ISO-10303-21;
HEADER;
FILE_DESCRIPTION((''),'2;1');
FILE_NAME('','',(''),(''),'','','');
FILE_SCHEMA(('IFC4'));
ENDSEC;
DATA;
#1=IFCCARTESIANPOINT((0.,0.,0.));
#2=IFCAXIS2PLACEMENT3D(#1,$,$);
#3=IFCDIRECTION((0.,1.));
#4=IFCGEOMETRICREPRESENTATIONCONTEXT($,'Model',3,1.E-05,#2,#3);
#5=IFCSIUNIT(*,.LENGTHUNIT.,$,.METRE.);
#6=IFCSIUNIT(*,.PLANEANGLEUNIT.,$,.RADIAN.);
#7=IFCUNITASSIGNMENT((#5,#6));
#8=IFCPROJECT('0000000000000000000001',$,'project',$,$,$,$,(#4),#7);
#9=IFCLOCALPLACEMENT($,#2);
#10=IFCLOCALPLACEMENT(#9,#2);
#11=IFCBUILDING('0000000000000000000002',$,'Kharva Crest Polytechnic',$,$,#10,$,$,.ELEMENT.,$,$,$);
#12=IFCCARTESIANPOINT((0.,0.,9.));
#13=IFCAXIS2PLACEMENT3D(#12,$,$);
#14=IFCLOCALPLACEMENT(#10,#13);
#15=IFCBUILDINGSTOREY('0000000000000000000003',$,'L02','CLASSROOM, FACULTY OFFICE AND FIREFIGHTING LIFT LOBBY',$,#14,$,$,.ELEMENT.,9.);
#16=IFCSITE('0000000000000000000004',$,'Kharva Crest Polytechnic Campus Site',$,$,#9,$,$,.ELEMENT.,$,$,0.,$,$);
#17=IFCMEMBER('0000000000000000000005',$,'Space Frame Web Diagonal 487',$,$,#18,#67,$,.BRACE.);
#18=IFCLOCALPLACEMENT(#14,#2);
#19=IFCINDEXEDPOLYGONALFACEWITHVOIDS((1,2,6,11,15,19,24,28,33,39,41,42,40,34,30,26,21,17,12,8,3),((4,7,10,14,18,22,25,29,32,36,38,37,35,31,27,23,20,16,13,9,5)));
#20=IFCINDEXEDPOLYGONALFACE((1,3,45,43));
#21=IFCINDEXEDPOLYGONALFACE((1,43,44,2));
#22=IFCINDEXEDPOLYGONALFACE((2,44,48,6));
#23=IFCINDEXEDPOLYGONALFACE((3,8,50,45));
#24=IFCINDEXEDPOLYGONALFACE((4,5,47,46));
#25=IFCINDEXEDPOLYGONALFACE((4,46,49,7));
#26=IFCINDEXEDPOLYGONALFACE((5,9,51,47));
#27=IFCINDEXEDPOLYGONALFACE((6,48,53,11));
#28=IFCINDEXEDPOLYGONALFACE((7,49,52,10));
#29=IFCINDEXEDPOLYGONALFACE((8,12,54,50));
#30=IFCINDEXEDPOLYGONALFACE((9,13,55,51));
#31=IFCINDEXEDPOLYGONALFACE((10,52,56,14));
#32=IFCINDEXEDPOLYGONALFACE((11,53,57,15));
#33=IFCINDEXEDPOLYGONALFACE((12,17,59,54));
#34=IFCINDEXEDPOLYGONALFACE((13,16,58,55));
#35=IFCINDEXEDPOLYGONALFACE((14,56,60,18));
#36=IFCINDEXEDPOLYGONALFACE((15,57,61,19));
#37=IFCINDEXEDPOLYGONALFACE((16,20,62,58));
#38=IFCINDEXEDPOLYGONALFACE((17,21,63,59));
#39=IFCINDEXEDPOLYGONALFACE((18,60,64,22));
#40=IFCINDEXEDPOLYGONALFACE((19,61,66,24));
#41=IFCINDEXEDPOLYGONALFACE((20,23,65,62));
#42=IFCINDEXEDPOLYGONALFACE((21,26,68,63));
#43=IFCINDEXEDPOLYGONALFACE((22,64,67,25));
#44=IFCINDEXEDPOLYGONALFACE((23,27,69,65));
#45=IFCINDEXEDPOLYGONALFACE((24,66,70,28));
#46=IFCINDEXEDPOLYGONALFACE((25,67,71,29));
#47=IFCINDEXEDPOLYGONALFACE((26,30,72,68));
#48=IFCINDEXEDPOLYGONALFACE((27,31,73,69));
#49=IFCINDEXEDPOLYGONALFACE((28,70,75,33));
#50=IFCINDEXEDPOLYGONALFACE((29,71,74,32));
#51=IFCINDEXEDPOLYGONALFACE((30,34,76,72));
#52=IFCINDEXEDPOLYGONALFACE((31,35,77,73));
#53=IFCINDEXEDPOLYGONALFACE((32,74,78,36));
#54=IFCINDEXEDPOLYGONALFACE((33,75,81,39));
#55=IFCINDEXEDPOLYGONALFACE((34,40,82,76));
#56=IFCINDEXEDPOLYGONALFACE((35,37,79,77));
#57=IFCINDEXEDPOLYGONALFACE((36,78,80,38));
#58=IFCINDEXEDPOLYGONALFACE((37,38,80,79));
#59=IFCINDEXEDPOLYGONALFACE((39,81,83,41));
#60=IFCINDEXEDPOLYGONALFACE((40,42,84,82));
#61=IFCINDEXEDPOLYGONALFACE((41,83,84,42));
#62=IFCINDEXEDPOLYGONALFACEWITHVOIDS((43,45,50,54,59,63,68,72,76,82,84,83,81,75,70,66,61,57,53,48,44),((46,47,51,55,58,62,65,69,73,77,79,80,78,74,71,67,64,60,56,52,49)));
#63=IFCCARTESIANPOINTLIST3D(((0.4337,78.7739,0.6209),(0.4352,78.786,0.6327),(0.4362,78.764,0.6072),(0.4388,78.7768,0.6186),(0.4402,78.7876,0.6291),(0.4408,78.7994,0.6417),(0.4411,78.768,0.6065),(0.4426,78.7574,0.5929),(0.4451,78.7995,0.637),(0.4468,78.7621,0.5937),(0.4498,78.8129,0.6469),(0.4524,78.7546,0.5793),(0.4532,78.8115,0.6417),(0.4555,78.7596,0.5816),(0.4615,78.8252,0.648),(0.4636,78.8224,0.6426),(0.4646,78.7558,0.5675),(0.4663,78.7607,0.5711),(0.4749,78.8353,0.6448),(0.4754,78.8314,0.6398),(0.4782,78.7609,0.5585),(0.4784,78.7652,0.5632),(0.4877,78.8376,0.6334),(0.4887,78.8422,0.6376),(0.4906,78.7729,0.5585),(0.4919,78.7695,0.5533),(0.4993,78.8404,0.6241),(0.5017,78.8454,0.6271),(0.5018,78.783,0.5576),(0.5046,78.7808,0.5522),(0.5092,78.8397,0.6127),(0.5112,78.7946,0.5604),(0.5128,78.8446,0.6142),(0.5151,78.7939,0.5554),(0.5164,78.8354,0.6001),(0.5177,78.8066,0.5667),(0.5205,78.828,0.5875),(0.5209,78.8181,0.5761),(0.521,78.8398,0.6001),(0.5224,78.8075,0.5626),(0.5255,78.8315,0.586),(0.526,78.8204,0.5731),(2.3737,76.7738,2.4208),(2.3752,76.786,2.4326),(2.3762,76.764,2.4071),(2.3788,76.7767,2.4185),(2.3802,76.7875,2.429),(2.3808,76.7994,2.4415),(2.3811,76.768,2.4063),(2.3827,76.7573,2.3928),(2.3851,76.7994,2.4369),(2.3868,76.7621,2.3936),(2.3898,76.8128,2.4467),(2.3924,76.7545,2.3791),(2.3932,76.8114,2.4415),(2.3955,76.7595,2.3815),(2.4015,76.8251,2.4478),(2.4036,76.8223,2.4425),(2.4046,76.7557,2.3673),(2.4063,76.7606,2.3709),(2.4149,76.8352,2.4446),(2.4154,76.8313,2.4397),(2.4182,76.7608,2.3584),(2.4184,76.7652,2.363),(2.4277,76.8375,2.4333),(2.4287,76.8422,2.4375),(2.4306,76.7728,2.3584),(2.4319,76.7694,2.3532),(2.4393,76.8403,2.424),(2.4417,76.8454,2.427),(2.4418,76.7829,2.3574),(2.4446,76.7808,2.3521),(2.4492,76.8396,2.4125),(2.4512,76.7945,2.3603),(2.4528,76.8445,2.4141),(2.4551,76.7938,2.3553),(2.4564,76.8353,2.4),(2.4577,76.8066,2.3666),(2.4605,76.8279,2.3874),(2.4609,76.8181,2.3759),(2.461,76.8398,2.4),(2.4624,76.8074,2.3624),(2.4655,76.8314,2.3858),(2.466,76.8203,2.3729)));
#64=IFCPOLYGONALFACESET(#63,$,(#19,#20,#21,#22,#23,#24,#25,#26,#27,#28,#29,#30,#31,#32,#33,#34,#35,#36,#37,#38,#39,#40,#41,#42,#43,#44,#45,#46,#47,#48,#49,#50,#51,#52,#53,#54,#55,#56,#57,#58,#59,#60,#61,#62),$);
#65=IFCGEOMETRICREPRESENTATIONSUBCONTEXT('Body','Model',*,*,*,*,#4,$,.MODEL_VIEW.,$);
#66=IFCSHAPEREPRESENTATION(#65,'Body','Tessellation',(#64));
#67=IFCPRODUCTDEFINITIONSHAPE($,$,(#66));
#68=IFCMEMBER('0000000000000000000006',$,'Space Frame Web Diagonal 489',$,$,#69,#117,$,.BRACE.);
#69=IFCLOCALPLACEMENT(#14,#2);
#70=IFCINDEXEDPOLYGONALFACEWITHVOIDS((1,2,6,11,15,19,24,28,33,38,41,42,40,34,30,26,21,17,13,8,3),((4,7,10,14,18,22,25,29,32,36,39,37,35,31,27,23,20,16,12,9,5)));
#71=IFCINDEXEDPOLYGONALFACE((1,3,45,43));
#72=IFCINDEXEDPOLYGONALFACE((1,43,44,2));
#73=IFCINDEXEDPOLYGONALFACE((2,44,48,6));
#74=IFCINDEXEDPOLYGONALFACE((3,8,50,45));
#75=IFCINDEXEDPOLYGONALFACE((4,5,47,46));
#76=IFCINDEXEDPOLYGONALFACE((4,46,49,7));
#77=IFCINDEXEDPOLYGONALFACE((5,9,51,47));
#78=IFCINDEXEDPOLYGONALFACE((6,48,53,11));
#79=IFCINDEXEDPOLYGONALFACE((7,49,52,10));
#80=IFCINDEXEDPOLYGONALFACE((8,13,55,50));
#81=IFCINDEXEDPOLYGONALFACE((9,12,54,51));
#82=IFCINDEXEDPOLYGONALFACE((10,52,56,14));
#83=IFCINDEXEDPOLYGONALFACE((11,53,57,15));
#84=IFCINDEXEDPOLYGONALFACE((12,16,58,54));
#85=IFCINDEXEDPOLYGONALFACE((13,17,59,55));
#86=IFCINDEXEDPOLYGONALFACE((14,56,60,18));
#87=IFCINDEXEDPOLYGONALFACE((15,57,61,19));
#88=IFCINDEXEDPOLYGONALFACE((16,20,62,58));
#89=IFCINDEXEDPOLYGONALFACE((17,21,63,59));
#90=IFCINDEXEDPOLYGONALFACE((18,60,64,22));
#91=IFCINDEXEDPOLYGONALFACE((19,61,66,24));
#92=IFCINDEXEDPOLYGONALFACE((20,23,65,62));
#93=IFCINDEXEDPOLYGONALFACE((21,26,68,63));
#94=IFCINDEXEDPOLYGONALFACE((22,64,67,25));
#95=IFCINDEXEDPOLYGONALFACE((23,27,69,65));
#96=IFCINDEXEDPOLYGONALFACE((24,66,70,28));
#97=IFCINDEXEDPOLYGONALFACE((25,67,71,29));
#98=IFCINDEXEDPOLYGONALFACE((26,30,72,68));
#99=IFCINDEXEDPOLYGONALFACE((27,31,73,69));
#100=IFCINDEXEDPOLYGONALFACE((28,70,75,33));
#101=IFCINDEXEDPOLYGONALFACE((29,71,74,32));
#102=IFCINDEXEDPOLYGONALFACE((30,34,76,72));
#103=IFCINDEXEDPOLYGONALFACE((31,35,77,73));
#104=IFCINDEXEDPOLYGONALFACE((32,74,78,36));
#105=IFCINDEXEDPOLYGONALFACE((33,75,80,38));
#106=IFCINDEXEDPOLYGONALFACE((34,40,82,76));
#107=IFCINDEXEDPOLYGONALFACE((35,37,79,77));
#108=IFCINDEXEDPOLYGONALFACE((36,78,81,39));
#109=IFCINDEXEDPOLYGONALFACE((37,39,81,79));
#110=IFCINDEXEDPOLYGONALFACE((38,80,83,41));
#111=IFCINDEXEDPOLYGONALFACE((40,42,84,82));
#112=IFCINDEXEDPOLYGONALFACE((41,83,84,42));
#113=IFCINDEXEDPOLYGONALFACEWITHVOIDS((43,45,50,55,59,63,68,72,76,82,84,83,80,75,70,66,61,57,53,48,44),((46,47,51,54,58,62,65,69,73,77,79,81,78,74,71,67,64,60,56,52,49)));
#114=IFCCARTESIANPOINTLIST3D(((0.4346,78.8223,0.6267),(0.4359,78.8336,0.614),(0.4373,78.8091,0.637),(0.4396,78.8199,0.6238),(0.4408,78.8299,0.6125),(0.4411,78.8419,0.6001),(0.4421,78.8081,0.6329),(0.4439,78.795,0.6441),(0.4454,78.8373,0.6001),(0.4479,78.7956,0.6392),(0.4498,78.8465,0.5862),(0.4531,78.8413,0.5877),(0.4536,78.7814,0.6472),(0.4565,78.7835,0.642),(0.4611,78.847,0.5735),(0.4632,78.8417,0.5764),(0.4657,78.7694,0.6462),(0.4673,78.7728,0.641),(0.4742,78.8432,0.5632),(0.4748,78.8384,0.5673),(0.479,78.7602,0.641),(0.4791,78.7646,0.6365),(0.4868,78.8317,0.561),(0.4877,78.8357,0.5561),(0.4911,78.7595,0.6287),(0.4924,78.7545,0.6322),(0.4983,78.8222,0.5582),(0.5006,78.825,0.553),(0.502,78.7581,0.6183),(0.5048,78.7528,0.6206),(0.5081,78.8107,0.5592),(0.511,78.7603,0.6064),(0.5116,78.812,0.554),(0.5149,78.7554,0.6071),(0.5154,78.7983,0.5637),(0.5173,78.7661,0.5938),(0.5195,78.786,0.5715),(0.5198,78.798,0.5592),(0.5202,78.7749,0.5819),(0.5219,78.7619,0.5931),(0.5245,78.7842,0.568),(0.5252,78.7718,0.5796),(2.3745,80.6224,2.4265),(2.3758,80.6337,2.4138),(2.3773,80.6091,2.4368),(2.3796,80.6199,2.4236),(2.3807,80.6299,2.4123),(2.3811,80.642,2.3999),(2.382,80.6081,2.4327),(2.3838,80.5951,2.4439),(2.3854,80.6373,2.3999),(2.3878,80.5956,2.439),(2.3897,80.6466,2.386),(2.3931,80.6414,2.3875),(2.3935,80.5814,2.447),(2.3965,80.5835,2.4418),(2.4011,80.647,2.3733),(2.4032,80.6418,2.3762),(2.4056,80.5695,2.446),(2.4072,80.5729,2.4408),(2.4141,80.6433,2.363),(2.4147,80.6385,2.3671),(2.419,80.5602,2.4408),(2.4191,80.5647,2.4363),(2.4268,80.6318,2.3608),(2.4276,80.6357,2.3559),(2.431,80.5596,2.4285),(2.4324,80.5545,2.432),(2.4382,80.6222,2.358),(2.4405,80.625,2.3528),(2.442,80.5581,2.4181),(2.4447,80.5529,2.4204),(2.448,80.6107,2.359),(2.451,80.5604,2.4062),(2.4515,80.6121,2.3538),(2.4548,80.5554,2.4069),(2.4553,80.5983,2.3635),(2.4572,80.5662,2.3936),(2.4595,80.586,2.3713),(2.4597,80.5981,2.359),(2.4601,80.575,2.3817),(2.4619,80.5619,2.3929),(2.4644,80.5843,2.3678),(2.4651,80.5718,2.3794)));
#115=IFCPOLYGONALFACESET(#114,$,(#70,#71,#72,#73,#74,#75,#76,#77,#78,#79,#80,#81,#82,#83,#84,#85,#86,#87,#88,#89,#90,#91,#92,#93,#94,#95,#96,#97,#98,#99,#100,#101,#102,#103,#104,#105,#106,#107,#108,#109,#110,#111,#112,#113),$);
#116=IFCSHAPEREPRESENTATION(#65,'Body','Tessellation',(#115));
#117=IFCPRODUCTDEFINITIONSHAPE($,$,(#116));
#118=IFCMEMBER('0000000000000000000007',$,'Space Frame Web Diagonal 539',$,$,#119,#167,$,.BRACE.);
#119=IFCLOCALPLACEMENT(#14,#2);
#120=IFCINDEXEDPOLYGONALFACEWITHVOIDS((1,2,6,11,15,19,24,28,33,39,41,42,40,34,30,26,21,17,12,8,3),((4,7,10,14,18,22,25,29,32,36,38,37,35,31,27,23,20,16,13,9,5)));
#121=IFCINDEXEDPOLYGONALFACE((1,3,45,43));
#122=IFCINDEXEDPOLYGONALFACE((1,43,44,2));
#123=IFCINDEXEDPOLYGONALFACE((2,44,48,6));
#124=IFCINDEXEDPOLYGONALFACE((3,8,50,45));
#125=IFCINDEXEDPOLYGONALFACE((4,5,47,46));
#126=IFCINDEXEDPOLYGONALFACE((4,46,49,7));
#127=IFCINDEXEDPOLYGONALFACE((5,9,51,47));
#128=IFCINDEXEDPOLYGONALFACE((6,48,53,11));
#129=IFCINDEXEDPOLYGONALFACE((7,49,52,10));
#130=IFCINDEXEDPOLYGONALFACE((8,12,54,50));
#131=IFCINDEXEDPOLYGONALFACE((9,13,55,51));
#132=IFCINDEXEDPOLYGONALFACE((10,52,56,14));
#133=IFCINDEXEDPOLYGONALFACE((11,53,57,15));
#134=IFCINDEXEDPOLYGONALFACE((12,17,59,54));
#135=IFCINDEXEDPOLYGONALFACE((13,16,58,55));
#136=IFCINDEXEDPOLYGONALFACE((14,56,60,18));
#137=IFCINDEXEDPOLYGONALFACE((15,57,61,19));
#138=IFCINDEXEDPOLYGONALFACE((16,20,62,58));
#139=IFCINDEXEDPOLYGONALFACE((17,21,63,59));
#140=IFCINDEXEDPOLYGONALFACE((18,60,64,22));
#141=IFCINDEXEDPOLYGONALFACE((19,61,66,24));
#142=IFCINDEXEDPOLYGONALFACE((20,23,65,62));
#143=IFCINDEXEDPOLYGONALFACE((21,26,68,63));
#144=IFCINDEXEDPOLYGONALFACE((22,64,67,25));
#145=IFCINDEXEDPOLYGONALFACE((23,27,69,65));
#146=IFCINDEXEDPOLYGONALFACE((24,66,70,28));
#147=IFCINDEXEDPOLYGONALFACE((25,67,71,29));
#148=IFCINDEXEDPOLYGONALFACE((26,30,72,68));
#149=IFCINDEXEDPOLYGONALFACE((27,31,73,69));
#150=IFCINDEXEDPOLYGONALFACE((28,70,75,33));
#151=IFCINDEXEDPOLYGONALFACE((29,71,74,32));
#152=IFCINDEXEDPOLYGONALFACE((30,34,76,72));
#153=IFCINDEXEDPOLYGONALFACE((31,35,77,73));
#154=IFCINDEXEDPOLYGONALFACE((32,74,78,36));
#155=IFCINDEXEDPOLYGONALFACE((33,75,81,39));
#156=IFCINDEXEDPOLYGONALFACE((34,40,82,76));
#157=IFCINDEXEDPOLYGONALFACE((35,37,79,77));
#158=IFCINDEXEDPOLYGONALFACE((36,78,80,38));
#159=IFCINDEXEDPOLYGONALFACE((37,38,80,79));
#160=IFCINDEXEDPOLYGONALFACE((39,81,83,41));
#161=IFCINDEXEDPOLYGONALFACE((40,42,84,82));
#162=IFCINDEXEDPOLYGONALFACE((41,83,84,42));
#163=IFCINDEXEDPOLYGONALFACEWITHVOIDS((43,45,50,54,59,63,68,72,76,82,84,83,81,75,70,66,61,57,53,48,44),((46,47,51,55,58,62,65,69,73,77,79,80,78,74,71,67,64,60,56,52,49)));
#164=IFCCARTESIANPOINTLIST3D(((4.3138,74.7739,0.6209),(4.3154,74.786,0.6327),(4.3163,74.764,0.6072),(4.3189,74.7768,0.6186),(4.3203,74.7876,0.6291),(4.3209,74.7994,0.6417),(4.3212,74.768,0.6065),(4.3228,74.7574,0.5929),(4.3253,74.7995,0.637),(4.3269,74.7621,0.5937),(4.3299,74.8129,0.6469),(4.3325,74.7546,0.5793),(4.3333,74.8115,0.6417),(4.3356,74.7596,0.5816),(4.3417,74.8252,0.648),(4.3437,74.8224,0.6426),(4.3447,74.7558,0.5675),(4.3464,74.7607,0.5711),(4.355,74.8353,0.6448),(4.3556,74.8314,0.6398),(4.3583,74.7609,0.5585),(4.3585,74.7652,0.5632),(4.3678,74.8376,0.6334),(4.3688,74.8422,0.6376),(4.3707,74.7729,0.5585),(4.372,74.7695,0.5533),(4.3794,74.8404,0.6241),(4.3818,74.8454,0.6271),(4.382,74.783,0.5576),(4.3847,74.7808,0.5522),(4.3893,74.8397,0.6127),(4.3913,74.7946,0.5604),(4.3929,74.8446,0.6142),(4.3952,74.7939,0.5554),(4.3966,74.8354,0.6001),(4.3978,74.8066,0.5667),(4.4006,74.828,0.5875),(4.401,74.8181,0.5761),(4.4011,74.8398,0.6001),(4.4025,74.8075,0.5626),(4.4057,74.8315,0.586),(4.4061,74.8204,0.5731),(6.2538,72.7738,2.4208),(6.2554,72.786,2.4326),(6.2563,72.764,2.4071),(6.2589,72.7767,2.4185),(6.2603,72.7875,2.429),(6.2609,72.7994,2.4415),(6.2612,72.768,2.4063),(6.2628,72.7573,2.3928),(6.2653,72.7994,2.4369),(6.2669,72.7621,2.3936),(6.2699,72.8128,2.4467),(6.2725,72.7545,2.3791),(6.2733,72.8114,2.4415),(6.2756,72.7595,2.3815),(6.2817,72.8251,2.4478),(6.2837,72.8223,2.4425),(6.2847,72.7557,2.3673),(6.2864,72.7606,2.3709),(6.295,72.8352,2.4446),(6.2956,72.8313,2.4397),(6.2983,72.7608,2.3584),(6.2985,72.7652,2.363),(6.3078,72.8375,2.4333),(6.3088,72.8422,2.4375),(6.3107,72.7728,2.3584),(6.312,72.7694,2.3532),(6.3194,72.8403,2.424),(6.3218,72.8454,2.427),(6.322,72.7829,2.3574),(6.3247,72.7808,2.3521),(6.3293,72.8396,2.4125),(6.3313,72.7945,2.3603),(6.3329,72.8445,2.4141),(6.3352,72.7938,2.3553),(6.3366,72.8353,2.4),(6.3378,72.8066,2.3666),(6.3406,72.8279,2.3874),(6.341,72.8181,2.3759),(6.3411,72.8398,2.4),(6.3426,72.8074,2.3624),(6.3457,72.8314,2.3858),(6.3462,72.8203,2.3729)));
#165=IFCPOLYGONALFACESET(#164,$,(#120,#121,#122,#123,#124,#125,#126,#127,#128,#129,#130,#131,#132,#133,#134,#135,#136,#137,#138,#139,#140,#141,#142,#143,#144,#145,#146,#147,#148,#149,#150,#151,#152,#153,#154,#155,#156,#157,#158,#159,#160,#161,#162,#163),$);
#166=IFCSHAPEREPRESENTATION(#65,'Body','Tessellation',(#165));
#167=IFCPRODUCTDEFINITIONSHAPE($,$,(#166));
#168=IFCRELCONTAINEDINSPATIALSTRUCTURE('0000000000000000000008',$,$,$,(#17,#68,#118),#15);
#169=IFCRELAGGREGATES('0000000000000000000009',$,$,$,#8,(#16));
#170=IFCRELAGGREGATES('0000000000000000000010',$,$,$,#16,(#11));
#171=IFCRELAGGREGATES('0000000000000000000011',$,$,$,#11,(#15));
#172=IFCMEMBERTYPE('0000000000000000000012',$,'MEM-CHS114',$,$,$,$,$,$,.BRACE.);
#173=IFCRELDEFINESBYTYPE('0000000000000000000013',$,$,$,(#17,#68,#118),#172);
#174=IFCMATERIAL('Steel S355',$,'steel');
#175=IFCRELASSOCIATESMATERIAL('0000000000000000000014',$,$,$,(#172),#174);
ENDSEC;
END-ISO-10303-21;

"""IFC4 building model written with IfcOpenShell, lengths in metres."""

from ifc_helpers import new_model, si_unit, direction, frame, origin, origin_2d, place, context, subcontext, project, spatial, hollow_circle, extrude, material, material_profile, profile_set, type_object, element, save


model = new_model("IFC4")

# Units and contexts
model_context = context("Model", 3, precision=1e-05, world=origin(), true_north=direction((0.0, 1.0)))
body_context = subcontext(model_context, "Body", "Model", "MODEL_VIEW")
ifc_project = project(units=[si_unit("LENGTHUNIT", "METRE"), si_unit("PLANEANGLEUNIT", "RADIAN")], contexts=[model_context])

# Site, building, storey
site_placement = place(None, origin())
site = spatial("IfcSite", under=ifc_project, at=site_placement, Name="Kharva Crest Polytechnic Campus Site", CompositionType="ELEMENT", RefElevation=0.0)
building_placement = place(site_placement, origin())
building = spatial("IfcBuilding", under=site, at=building_placement, Name="Kharva Crest Polytechnic", CompositionType="ELEMENT")
storey_placement = place(building_placement, frame((0.0, 0.0, 9.0)))
storey = spatial("IfcBuildingStorey", under=building, at=storey_placement, Name="L02", Description="CLASSROOM, FACULTY OFFICE AND FIREFIGHTING LIFT LOBBY", CompositionType="ELEMENT", Elevation=9.0)

# Shared definitions
ifc_material_1 = material(Name="Steel S355", Category="steel")

# Members
ifc_material_profile_1 = material_profile(ifc_material_1, hollow_circle(Radius=0.0571, WallThickness=0.0063, at=origin_2d()), Name="CHS 114.3X6.3")
ifc_profile_set_1 = profile_set([ifc_material_profile_1], Name="Steel S355")
member_type_1 = type_object("IfcMemberType", Name="MEM-CHS114", PredefinedType="BRACE", material=ifc_profile_set_1)
for number, where, z_axis, x_axis, name in (
    (1, (0.48, 78.8, 0.6001), (0.584843, -0.60295, 0.542596), (0.717802, 0.696247, 0.0), "Space Frame Web Diagonal 487"),
):
    element("IfcMember", number, at=place(storey_placement, frame(where, z_axis=z_axis, x_axis=x_axis)), inside=storey, type_object=member_type_1, Name=name, PredefinedType="BRACE", context=body_context, shape_type="SweptSolid", body=[
        extrude(hollow_circle(Radius=0.0571, WallThickness=0.0063, at=origin_2d()), origin(), (0.0, 0.0, 1.0), 3.3171),
    ])
member_1_placement = place(storey_placement, frame((0.48, 78.8, 0.6001), z_axis=(0.606147, 0.562437, 0.562361), x_axis=(-0.680182, 0.733043, 0.0)))
element("IfcMember", 2, at=member_1_placement, inside=storey, type_object=member_type_1, Name="Space Frame Web Diagonal 489", PredefinedType="BRACE", context=body_context, shape_type="SweptSolid", body=[
    extrude(hollow_circle(Radius=0.0571, WallThickness=0.0063, at=origin_2d()), origin(), (0.0, 0.0, 1.0), 3.2004),
])
for number, where, z_axis, x_axis, name in (
    (3, (4.3601, 74.8, 0.6001), (0.584843, -0.60295, 0.542596), (0.717802, 0.696247, 0.0), "Space Frame Web Diagonal 539"),
):
    element("IfcMember", number, at=place(storey_placement, frame(where, z_axis=z_axis, x_axis=x_axis)), inside=storey, type_object=member_type_1, Name=name, PredefinedType="BRACE", context=body_context, shape_type="SweptSolid", body=[
        extrude(hollow_circle(Radius=0.0571, WallThickness=0.0063, at=origin_2d()), origin(), (0.0, 0.0, 1.0), 3.3171),
    ])

save(model, "model.ifc")
